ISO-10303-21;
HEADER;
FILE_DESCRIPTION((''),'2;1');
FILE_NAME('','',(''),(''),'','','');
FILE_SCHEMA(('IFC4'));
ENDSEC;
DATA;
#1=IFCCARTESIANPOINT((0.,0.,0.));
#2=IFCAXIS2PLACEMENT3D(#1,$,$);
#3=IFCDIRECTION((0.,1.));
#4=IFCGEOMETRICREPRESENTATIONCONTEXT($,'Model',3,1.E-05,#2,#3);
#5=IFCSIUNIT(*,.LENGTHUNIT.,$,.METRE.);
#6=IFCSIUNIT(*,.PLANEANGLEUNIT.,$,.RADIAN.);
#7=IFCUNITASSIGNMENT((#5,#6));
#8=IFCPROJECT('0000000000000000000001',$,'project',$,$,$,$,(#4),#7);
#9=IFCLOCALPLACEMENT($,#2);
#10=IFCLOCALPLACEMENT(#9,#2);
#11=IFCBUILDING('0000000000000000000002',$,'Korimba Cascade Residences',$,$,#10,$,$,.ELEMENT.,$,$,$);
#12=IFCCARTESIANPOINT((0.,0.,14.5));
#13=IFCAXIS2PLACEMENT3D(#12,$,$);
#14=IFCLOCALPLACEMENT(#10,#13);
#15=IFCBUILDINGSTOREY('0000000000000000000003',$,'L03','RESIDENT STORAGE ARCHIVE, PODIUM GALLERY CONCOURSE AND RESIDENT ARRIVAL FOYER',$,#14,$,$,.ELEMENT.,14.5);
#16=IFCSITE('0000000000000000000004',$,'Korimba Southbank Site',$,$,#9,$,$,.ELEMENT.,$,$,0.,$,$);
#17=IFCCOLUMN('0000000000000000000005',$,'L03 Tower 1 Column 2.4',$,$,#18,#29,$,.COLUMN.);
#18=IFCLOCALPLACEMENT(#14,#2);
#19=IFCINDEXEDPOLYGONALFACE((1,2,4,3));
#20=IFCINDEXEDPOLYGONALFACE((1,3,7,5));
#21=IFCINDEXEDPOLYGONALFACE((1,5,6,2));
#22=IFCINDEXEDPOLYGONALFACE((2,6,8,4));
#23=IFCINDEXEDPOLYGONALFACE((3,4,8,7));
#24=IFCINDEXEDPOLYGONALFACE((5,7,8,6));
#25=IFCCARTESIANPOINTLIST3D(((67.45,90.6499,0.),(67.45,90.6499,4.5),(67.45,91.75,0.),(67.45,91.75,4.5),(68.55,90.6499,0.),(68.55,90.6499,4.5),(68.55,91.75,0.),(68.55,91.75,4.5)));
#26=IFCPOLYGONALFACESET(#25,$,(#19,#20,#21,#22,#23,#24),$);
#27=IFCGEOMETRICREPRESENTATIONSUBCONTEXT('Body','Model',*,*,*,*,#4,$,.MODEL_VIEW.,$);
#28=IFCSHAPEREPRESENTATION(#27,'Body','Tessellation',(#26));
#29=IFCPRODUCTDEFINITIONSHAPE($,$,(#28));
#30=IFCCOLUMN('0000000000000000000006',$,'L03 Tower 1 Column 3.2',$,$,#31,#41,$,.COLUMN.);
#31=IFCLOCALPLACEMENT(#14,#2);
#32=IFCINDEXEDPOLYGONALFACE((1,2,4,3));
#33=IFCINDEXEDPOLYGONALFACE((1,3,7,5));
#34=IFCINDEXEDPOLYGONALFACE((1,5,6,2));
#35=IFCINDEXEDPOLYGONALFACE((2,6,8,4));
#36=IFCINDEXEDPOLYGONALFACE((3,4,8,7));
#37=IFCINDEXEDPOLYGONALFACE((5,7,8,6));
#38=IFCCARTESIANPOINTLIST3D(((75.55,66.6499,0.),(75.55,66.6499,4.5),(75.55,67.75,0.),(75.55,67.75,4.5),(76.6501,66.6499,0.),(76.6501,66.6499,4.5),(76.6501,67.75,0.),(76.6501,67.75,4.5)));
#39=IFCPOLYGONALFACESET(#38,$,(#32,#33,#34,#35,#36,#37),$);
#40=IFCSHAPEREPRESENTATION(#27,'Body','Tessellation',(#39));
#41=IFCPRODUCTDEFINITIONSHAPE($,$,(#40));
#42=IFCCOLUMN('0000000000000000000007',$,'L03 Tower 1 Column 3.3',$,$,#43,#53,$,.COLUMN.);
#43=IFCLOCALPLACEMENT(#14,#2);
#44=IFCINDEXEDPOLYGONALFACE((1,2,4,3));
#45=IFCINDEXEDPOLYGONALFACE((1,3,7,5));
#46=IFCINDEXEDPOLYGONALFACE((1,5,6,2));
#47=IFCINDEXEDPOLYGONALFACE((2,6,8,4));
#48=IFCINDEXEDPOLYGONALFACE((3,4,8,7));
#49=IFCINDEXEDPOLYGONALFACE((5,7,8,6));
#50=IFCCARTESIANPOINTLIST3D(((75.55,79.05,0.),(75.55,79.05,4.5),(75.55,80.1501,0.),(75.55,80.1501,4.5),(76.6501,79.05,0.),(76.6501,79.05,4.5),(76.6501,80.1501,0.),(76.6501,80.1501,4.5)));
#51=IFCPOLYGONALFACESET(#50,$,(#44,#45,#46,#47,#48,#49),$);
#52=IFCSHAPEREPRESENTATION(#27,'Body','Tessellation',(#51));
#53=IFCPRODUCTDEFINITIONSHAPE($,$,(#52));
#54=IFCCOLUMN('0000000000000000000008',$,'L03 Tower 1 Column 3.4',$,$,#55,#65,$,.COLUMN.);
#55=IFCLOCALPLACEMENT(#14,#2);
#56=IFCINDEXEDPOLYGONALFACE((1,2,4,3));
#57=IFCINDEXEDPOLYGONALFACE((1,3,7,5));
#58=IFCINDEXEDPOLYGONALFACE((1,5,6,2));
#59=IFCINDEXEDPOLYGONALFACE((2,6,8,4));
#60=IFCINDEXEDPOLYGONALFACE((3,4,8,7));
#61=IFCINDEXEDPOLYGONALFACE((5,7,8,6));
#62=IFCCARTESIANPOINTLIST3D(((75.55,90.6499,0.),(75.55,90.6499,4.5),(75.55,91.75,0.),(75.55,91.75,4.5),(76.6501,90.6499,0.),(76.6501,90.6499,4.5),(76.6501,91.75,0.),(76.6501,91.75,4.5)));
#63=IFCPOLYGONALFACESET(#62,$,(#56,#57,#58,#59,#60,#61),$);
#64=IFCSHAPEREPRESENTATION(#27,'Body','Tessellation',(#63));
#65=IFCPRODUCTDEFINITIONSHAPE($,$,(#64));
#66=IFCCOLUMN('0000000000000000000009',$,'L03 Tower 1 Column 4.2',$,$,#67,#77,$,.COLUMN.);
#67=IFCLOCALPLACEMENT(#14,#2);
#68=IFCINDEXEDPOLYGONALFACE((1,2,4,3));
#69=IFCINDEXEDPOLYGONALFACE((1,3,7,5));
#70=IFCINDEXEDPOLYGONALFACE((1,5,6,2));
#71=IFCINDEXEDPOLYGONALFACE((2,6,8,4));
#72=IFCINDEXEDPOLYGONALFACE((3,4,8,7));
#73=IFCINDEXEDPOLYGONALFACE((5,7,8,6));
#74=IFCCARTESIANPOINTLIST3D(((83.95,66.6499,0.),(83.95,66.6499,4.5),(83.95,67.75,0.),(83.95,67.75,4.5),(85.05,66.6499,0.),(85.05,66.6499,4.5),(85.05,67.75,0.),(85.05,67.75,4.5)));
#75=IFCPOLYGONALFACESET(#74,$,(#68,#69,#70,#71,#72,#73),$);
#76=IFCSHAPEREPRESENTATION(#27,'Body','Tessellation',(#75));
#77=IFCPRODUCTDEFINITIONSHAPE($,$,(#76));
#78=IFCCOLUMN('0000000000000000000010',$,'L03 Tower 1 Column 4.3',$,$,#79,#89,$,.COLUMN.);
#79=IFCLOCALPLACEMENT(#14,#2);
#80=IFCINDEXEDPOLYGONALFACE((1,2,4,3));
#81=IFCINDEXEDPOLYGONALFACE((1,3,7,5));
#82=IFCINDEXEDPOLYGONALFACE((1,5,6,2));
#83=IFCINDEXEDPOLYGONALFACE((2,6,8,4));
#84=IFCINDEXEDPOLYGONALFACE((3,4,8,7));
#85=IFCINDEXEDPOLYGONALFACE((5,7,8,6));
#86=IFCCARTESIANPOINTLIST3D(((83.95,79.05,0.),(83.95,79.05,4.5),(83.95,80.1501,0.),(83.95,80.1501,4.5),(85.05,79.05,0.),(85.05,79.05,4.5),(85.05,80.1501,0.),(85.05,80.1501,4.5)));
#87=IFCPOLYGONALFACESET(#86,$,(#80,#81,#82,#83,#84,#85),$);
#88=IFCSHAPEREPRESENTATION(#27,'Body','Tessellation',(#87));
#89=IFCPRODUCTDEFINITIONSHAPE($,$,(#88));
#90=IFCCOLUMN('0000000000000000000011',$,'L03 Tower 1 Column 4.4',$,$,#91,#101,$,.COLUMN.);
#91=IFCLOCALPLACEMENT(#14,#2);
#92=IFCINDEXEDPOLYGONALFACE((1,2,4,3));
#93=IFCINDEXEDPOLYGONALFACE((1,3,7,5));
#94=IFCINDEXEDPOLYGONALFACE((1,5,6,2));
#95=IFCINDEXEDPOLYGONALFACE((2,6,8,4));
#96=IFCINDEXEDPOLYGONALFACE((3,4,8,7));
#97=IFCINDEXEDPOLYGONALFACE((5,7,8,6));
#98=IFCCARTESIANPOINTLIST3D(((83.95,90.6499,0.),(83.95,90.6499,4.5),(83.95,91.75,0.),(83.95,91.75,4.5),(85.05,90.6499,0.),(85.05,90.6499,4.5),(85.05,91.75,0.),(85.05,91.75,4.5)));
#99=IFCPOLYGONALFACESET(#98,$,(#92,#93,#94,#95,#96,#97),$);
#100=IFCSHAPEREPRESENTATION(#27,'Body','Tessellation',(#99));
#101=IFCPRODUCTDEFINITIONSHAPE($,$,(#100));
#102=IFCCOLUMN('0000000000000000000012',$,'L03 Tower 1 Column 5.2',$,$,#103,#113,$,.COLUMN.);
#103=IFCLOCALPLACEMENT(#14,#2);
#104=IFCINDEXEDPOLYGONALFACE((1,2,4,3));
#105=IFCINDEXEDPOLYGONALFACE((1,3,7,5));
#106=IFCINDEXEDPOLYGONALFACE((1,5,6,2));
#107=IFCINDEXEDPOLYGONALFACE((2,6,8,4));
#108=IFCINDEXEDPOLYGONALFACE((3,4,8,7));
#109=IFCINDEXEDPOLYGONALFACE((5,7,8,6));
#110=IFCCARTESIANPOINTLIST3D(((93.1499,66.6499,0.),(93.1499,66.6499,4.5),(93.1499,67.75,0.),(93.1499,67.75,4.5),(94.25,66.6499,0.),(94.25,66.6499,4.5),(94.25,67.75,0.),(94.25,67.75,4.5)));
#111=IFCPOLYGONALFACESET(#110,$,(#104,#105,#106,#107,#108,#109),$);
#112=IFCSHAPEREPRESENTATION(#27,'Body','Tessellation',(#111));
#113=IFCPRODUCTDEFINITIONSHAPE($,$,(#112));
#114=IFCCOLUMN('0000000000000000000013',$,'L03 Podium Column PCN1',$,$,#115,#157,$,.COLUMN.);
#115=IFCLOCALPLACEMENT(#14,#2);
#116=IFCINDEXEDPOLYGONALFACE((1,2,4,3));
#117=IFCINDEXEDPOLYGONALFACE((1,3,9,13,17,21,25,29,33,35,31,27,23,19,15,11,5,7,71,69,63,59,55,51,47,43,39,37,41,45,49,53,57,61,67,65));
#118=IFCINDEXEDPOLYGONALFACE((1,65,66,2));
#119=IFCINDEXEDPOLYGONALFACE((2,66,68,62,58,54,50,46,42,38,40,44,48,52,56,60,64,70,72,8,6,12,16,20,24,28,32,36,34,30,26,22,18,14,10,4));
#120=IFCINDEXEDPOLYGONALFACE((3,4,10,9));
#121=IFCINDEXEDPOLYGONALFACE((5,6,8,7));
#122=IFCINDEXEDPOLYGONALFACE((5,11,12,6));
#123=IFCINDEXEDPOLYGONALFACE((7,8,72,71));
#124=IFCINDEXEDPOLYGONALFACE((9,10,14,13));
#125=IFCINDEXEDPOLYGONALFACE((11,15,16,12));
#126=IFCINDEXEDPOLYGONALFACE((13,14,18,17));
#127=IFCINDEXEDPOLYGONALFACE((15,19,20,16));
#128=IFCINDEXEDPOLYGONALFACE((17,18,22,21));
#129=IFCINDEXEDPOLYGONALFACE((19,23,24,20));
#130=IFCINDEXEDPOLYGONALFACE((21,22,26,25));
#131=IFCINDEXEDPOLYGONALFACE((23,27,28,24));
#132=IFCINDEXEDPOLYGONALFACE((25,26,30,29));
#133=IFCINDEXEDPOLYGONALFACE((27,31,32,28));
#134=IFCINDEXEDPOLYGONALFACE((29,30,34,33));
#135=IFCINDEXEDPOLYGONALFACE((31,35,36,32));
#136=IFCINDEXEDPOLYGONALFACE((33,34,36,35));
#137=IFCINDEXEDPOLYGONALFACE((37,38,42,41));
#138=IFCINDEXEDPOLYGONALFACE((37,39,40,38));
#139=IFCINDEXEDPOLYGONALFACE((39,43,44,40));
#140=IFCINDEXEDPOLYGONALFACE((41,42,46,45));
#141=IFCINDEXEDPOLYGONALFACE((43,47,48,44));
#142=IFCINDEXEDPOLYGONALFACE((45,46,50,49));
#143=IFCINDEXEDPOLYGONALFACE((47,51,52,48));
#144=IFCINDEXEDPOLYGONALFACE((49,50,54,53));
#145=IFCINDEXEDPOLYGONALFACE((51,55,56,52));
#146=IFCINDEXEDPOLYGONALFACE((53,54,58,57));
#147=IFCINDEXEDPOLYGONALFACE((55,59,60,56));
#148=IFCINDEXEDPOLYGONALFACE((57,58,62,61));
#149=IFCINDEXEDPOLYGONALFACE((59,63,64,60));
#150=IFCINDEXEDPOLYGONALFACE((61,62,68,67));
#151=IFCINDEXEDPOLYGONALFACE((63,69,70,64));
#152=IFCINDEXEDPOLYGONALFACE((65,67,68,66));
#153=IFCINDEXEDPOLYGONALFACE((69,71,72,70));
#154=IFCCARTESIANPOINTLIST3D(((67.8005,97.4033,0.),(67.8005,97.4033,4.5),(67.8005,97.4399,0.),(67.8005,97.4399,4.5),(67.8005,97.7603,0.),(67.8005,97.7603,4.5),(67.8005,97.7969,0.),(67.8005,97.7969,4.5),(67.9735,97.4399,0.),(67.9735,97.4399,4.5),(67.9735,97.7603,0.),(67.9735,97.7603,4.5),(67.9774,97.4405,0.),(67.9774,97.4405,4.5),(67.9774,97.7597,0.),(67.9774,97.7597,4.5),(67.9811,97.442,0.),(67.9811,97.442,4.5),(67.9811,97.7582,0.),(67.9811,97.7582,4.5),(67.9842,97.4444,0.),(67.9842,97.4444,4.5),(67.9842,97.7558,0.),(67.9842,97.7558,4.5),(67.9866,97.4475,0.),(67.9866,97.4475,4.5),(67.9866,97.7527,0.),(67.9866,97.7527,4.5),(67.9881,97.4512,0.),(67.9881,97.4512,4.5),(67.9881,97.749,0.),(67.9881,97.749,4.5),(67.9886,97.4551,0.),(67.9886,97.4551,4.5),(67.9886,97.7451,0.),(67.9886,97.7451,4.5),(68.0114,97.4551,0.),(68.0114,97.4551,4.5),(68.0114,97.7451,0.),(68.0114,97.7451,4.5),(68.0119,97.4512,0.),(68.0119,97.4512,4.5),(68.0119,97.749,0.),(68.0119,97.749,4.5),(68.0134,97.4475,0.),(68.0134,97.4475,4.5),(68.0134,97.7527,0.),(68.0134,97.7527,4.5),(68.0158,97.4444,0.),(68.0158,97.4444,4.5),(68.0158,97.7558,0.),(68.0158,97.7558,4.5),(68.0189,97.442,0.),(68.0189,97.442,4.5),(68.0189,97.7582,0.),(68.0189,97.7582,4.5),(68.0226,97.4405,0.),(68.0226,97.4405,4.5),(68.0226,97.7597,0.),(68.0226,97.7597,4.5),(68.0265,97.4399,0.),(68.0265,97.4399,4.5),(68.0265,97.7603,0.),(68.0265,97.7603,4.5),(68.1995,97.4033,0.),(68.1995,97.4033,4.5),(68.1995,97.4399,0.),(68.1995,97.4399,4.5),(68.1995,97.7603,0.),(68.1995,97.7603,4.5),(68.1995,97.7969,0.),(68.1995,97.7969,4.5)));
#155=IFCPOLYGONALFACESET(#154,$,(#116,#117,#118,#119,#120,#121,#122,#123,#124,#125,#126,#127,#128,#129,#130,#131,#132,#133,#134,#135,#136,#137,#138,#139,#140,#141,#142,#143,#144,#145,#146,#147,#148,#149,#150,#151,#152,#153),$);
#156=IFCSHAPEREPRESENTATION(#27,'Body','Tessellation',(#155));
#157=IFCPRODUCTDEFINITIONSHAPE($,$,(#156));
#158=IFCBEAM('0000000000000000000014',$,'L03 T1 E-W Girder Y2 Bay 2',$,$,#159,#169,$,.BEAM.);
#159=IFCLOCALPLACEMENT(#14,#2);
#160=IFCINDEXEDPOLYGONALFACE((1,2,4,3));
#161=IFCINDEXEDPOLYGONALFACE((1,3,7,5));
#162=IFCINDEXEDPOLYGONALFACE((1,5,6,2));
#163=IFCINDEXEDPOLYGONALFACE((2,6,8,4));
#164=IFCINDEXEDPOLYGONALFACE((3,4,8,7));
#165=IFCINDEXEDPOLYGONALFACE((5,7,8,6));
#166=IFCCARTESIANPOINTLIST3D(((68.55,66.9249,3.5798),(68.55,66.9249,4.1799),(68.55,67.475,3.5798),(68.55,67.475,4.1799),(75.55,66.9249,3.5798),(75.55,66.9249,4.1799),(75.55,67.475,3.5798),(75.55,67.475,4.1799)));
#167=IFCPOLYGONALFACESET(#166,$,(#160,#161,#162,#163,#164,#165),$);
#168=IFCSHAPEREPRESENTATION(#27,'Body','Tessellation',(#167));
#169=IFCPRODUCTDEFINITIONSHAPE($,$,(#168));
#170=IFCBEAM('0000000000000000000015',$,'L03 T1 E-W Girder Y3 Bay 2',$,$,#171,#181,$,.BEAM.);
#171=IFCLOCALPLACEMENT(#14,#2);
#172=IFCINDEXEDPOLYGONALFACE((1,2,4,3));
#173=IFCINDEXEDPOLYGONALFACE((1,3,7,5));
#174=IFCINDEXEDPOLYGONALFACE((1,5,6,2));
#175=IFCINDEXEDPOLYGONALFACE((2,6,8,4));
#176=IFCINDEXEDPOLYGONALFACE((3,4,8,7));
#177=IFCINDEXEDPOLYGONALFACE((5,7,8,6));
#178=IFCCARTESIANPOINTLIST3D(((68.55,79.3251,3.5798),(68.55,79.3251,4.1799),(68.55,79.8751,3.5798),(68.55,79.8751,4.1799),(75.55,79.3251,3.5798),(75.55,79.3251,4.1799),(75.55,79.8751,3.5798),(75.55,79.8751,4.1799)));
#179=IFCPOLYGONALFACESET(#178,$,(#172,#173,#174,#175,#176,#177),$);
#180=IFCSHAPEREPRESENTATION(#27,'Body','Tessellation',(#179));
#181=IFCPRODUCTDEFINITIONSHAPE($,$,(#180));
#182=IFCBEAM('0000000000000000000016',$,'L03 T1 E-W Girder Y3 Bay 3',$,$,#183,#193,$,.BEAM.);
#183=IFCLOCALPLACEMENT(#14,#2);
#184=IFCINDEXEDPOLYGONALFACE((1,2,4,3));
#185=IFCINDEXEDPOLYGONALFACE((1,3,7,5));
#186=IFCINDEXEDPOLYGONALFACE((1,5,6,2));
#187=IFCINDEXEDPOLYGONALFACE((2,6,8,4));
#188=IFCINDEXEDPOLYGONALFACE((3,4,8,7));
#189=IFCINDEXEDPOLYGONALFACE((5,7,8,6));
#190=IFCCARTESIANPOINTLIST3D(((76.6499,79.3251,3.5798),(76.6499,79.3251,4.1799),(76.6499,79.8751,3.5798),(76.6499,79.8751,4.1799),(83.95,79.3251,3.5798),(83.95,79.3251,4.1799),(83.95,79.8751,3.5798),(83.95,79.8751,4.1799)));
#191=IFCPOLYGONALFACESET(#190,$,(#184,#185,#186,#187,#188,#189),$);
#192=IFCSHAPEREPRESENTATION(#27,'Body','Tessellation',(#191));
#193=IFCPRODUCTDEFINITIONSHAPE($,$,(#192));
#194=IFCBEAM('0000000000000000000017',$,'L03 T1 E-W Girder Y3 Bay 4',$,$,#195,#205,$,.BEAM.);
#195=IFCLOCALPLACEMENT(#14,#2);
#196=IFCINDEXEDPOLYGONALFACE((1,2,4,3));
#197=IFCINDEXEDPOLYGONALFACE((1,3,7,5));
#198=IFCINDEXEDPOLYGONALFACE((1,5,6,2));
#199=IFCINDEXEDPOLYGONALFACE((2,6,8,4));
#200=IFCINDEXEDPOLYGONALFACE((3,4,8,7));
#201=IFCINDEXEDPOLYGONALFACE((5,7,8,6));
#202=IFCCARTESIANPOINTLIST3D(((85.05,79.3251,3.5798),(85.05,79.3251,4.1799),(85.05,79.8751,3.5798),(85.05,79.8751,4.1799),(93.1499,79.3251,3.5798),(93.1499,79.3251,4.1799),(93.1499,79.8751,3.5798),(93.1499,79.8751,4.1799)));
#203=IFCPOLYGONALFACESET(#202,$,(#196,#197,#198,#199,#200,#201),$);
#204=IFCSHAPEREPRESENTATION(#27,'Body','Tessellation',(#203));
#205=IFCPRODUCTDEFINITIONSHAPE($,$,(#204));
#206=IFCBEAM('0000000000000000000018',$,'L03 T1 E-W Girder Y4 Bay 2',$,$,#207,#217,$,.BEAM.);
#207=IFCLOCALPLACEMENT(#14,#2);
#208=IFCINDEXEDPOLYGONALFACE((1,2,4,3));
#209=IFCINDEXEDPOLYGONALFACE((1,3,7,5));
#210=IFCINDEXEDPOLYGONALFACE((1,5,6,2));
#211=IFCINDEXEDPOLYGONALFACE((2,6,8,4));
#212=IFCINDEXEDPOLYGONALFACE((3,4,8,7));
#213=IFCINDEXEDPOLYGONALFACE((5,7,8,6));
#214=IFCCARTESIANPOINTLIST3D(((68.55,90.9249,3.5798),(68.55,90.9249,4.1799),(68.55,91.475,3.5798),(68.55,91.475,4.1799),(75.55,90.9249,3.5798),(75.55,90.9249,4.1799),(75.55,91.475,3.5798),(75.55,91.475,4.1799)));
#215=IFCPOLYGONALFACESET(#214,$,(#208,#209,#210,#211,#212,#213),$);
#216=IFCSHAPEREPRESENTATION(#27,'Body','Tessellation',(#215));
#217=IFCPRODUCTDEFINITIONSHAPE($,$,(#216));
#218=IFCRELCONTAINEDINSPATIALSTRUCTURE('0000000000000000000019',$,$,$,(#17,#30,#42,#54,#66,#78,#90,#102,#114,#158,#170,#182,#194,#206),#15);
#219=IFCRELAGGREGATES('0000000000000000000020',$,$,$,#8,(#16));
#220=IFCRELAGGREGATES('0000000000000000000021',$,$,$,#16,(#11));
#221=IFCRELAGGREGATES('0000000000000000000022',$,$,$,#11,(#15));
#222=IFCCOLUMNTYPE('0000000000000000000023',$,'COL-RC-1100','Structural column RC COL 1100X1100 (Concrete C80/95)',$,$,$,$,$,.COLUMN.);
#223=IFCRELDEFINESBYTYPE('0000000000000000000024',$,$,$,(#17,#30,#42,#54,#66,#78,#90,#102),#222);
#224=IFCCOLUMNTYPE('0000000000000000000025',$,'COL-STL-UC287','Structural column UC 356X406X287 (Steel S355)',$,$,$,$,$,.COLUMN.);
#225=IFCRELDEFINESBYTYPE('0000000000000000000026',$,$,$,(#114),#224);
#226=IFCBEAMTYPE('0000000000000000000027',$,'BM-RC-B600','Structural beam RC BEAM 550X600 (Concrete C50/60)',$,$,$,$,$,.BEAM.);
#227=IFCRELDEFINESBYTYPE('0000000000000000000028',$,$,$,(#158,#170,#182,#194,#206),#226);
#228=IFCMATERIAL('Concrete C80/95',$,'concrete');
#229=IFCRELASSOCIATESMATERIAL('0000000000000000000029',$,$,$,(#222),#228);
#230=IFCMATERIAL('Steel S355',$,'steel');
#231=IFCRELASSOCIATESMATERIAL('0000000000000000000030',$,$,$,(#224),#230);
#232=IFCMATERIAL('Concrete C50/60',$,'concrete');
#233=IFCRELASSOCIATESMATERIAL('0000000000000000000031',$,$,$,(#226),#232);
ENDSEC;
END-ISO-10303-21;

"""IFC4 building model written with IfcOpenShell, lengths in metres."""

from ifc_helpers import new_model, si_unit, direction, frame, origin, origin_2d, place, context, subcontext, project, spatial, rectangle, i_section, extrude, material, material_profile, profile_set, type_object, element, save


model = new_model("IFC4")

# Units and contexts
model_context = context("Model", 3, precision=1e-05, world=origin(), true_north=direction((0.0, 1.0)))
body_context = subcontext(model_context, "Body", "Model", "MODEL_VIEW")
ifc_project = project(units=[si_unit("LENGTHUNIT", "METRE"), si_unit("PLANEANGLEUNIT", "RADIAN")], contexts=[model_context])

# Site, building, storey
site_placement = place(None, origin())
site = spatial("IfcSite", under=ifc_project, at=site_placement, Name="Korimba Southbank Site", CompositionType="ELEMENT", RefElevation=0.0)
building_placement = place(site_placement, origin())
building = spatial("IfcBuilding", under=site, at=building_placement, Name="Korimba Cascade Residences", CompositionType="ELEMENT")
storey_placement = place(building_placement, frame((0.0, 0.0, 14.5)))
storey = spatial("IfcBuildingStorey", under=building, at=storey_placement, Name="L03", Description="RESIDENT STORAGE ARCHIVE, PODIUM GALLERY CONCOURSE AND RESIDENT ARRIVAL FOYER", CompositionType="ELEMENT", Elevation=14.5)

# Columns
ifc_material_1 = material(Name="Concrete C80/95", Category="concrete")
ifc_material_profile_1 = material_profile(ifc_material_1, rectangle(XDim=1.1001, YDim=1.1001, at=origin_2d()), Name="Concrete C80/95")
ifc_profile_set_1 = profile_set([ifc_material_profile_1], Name="Concrete C80/95")
column_type_1 = type_object("IfcColumnType", Name="COL-RC-1100", Description="Structural column RC COL 1100X1100 (Concrete C80/95)", PredefinedType="COLUMN", material=ifc_profile_set_1)
for number, where, z_axis, x_axis, name in (
    (1, (68.0, 91.2, 0.0), (0.0, 0.0, 1.0), (1.0, 0.0, 0.0), "L03 Tower 1 Column 2.4"),
    (2, (76.1001, 67.2, 0.0), (0.0, 0.0, 1.0), (1.0, 0.0, 0.0), "L03 Tower 1 Column 3.2"),
    (3, (76.1001, 79.6001, 0.0), (0.0, 0.0, 1.0), (1.0, 0.0, 0.0), "L03 Tower 1 Column 3.3"),
    (4, (76.1001, 91.2, 0.0), (0.0, 0.0, 1.0), (1.0, 0.0, 0.0), "L03 Tower 1 Column 3.4"),
    (5, (84.5, 67.2, 0.0), (0.0, 0.0, 1.0), (1.0, 0.0, 0.0), "L03 Tower 1 Column 4.2"),
    (6, (84.5, 79.6001, 0.0), (0.0, 0.0, 1.0), (1.0, 0.0, 0.0), "L03 Tower 1 Column 4.3"),
    (7, (84.5, 91.2, 0.0), (0.0, 0.0, 1.0), (1.0, 0.0, 0.0), "L03 Tower 1 Column 4.4"),
    (8, (93.7, 67.2, 0.0), (0.0, 0.0, 1.0), (1.0, 0.0, 0.0), "L03 Tower 1 Column 5.2"),
):
    element("IfcColumn", number, at=place(storey_placement, frame(where, z_axis=z_axis, x_axis=x_axis)), inside=storey, type_object=column_type_1, Name=name, PredefinedType="COLUMN", context=body_context, shape_type="SweptSolid", body=[
        extrude(rectangle(XDim=1.1001, YDim=1.1001, at=origin_2d()), origin(), (0.0, 0.0, 1.0), 4.5),
    ])
ifc_material_2 = material(Name="Steel S355", Category="steel")
ifc_material_profile_2 = material_profile(ifc_material_2, i_section(OverallWidth=0.3989, OverallDepth=0.3936, WebThickness=0.0227, FlangeThickness=0.0366, FilletRadius=0.0151, at=origin_2d()), Name="Steel S355")
ifc_profile_set_2 = profile_set([ifc_material_profile_2], Name="Steel S355")
column_type_2 = type_object("IfcColumnType", Name="COL-STL-UC287", Description="Structural column UC 356X406X287 (Steel S355)", PredefinedType="COLUMN", material=ifc_profile_set_2)
column_placement = place(storey_placement, frame((68.0, 97.6001, 0.0), z_axis=(0.0, 0.0, 1.0), x_axis=(1.0, 0.0, 0.0)))
element("IfcColumn", 9, at=column_placement, inside=storey, type_object=column_type_2, Name="L03 Podium Column PCN1", PredefinedType="COLUMN", context=body_context, shape_type="SweptSolid", body=[
    extrude(i_section(OverallWidth=0.3989, OverallDepth=0.3936, WebThickness=0.0227, FlangeThickness=0.0366, FilletRadius=0.0151, at=origin_2d()), origin(), (0.0, 0.0, 1.0), 4.5),
])

# Beams
ifc_material_3 = material(Name="Concrete C50/60", Category="concrete")
ifc_material_profile_3 = material_profile(ifc_material_3, rectangle(XDim=0.55, YDim=0.6001, at=origin_2d()), Name="Concrete C50/60")
ifc_profile_set_3 = profile_set([ifc_material_profile_3], Name="Concrete C50/60")
beam_type_1 = type_object("IfcBeamType", Name="BM-RC-B600", Description="Structural beam RC BEAM 550X600 (Concrete C50/60)", PredefinedType="BEAM", material=ifc_profile_set_3)
for number, where, z_axis, x_axis, name in (
    (10, (68.55, 67.2, 3.8799), (1.0, 0.0, 0.0), (0.0, 1.0, 0.0), "L03 T1 E-W Girder Y2 Bay 2"),
    (11, (68.55, 79.6001, 3.8799), (1.0, 0.0, 0.0), (0.0, 1.0, 0.0), "L03 T1 E-W Girder Y3 Bay 2"),
):
    element("IfcBeam", number, at=place(storey_placement, frame(where, z_axis=z_axis, x_axis=x_axis)), inside=storey, type_object=beam_type_1, Name=name, PredefinedType="BEAM", context=body_context, shape_type="SweptSolid", body=[
        extrude(rectangle(XDim=0.55, YDim=0.6001, at=origin_2d()), origin(), (0.0, 0.0, 1.0), 7.0),
    ])
beam_1_placement = place(storey_placement, frame((76.6499, 79.6001, 3.8799), z_axis=(1.0, 0.0, 0.0), x_axis=(0.0, 1.0, 0.0)))
element("IfcBeam", 12, at=beam_1_placement, inside=storey, type_object=beam_type_1, Name="L03 T1 E-W Girder Y3 Bay 3", PredefinedType="BEAM", context=body_context, shape_type="SweptSolid", body=[
    extrude(rectangle(XDim=0.55, YDim=0.6001, at=origin_2d()), origin(), (0.0, 0.0, 1.0), 7.3),
])
beam_2_placement = place(storey_placement, frame((85.05, 79.6001, 3.8799), z_axis=(1.0, 0.0, 0.0), x_axis=(0.0, 1.0, 0.0)))
element("IfcBeam", 13, at=beam_2_placement, inside=storey, type_object=beam_type_1, Name="L03 T1 E-W Girder Y3 Bay 4", PredefinedType="BEAM", context=body_context, shape_type="SweptSolid", body=[
    extrude(rectangle(XDim=0.55, YDim=0.6001, at=origin_2d()), origin(), (0.0, 0.0, 1.0), 8.0999),
])
beam_3_placement = place(storey_placement, frame((68.55, 91.2, 3.8799), z_axis=(1.0, 0.0, 0.0), x_axis=(0.0, 1.0, 0.0)))
element("IfcBeam", 14, at=beam_3_placement, inside=storey, type_object=beam_type_1, Name="L03 T1 E-W Girder Y4 Bay 2", PredefinedType="BEAM", context=body_context, shape_type="SweptSolid", body=[
    extrude(rectangle(XDim=0.55, YDim=0.6001, at=origin_2d()), origin(), (0.0, 0.0, 1.0), 7.0),
])

save(model, "model.ifc")
